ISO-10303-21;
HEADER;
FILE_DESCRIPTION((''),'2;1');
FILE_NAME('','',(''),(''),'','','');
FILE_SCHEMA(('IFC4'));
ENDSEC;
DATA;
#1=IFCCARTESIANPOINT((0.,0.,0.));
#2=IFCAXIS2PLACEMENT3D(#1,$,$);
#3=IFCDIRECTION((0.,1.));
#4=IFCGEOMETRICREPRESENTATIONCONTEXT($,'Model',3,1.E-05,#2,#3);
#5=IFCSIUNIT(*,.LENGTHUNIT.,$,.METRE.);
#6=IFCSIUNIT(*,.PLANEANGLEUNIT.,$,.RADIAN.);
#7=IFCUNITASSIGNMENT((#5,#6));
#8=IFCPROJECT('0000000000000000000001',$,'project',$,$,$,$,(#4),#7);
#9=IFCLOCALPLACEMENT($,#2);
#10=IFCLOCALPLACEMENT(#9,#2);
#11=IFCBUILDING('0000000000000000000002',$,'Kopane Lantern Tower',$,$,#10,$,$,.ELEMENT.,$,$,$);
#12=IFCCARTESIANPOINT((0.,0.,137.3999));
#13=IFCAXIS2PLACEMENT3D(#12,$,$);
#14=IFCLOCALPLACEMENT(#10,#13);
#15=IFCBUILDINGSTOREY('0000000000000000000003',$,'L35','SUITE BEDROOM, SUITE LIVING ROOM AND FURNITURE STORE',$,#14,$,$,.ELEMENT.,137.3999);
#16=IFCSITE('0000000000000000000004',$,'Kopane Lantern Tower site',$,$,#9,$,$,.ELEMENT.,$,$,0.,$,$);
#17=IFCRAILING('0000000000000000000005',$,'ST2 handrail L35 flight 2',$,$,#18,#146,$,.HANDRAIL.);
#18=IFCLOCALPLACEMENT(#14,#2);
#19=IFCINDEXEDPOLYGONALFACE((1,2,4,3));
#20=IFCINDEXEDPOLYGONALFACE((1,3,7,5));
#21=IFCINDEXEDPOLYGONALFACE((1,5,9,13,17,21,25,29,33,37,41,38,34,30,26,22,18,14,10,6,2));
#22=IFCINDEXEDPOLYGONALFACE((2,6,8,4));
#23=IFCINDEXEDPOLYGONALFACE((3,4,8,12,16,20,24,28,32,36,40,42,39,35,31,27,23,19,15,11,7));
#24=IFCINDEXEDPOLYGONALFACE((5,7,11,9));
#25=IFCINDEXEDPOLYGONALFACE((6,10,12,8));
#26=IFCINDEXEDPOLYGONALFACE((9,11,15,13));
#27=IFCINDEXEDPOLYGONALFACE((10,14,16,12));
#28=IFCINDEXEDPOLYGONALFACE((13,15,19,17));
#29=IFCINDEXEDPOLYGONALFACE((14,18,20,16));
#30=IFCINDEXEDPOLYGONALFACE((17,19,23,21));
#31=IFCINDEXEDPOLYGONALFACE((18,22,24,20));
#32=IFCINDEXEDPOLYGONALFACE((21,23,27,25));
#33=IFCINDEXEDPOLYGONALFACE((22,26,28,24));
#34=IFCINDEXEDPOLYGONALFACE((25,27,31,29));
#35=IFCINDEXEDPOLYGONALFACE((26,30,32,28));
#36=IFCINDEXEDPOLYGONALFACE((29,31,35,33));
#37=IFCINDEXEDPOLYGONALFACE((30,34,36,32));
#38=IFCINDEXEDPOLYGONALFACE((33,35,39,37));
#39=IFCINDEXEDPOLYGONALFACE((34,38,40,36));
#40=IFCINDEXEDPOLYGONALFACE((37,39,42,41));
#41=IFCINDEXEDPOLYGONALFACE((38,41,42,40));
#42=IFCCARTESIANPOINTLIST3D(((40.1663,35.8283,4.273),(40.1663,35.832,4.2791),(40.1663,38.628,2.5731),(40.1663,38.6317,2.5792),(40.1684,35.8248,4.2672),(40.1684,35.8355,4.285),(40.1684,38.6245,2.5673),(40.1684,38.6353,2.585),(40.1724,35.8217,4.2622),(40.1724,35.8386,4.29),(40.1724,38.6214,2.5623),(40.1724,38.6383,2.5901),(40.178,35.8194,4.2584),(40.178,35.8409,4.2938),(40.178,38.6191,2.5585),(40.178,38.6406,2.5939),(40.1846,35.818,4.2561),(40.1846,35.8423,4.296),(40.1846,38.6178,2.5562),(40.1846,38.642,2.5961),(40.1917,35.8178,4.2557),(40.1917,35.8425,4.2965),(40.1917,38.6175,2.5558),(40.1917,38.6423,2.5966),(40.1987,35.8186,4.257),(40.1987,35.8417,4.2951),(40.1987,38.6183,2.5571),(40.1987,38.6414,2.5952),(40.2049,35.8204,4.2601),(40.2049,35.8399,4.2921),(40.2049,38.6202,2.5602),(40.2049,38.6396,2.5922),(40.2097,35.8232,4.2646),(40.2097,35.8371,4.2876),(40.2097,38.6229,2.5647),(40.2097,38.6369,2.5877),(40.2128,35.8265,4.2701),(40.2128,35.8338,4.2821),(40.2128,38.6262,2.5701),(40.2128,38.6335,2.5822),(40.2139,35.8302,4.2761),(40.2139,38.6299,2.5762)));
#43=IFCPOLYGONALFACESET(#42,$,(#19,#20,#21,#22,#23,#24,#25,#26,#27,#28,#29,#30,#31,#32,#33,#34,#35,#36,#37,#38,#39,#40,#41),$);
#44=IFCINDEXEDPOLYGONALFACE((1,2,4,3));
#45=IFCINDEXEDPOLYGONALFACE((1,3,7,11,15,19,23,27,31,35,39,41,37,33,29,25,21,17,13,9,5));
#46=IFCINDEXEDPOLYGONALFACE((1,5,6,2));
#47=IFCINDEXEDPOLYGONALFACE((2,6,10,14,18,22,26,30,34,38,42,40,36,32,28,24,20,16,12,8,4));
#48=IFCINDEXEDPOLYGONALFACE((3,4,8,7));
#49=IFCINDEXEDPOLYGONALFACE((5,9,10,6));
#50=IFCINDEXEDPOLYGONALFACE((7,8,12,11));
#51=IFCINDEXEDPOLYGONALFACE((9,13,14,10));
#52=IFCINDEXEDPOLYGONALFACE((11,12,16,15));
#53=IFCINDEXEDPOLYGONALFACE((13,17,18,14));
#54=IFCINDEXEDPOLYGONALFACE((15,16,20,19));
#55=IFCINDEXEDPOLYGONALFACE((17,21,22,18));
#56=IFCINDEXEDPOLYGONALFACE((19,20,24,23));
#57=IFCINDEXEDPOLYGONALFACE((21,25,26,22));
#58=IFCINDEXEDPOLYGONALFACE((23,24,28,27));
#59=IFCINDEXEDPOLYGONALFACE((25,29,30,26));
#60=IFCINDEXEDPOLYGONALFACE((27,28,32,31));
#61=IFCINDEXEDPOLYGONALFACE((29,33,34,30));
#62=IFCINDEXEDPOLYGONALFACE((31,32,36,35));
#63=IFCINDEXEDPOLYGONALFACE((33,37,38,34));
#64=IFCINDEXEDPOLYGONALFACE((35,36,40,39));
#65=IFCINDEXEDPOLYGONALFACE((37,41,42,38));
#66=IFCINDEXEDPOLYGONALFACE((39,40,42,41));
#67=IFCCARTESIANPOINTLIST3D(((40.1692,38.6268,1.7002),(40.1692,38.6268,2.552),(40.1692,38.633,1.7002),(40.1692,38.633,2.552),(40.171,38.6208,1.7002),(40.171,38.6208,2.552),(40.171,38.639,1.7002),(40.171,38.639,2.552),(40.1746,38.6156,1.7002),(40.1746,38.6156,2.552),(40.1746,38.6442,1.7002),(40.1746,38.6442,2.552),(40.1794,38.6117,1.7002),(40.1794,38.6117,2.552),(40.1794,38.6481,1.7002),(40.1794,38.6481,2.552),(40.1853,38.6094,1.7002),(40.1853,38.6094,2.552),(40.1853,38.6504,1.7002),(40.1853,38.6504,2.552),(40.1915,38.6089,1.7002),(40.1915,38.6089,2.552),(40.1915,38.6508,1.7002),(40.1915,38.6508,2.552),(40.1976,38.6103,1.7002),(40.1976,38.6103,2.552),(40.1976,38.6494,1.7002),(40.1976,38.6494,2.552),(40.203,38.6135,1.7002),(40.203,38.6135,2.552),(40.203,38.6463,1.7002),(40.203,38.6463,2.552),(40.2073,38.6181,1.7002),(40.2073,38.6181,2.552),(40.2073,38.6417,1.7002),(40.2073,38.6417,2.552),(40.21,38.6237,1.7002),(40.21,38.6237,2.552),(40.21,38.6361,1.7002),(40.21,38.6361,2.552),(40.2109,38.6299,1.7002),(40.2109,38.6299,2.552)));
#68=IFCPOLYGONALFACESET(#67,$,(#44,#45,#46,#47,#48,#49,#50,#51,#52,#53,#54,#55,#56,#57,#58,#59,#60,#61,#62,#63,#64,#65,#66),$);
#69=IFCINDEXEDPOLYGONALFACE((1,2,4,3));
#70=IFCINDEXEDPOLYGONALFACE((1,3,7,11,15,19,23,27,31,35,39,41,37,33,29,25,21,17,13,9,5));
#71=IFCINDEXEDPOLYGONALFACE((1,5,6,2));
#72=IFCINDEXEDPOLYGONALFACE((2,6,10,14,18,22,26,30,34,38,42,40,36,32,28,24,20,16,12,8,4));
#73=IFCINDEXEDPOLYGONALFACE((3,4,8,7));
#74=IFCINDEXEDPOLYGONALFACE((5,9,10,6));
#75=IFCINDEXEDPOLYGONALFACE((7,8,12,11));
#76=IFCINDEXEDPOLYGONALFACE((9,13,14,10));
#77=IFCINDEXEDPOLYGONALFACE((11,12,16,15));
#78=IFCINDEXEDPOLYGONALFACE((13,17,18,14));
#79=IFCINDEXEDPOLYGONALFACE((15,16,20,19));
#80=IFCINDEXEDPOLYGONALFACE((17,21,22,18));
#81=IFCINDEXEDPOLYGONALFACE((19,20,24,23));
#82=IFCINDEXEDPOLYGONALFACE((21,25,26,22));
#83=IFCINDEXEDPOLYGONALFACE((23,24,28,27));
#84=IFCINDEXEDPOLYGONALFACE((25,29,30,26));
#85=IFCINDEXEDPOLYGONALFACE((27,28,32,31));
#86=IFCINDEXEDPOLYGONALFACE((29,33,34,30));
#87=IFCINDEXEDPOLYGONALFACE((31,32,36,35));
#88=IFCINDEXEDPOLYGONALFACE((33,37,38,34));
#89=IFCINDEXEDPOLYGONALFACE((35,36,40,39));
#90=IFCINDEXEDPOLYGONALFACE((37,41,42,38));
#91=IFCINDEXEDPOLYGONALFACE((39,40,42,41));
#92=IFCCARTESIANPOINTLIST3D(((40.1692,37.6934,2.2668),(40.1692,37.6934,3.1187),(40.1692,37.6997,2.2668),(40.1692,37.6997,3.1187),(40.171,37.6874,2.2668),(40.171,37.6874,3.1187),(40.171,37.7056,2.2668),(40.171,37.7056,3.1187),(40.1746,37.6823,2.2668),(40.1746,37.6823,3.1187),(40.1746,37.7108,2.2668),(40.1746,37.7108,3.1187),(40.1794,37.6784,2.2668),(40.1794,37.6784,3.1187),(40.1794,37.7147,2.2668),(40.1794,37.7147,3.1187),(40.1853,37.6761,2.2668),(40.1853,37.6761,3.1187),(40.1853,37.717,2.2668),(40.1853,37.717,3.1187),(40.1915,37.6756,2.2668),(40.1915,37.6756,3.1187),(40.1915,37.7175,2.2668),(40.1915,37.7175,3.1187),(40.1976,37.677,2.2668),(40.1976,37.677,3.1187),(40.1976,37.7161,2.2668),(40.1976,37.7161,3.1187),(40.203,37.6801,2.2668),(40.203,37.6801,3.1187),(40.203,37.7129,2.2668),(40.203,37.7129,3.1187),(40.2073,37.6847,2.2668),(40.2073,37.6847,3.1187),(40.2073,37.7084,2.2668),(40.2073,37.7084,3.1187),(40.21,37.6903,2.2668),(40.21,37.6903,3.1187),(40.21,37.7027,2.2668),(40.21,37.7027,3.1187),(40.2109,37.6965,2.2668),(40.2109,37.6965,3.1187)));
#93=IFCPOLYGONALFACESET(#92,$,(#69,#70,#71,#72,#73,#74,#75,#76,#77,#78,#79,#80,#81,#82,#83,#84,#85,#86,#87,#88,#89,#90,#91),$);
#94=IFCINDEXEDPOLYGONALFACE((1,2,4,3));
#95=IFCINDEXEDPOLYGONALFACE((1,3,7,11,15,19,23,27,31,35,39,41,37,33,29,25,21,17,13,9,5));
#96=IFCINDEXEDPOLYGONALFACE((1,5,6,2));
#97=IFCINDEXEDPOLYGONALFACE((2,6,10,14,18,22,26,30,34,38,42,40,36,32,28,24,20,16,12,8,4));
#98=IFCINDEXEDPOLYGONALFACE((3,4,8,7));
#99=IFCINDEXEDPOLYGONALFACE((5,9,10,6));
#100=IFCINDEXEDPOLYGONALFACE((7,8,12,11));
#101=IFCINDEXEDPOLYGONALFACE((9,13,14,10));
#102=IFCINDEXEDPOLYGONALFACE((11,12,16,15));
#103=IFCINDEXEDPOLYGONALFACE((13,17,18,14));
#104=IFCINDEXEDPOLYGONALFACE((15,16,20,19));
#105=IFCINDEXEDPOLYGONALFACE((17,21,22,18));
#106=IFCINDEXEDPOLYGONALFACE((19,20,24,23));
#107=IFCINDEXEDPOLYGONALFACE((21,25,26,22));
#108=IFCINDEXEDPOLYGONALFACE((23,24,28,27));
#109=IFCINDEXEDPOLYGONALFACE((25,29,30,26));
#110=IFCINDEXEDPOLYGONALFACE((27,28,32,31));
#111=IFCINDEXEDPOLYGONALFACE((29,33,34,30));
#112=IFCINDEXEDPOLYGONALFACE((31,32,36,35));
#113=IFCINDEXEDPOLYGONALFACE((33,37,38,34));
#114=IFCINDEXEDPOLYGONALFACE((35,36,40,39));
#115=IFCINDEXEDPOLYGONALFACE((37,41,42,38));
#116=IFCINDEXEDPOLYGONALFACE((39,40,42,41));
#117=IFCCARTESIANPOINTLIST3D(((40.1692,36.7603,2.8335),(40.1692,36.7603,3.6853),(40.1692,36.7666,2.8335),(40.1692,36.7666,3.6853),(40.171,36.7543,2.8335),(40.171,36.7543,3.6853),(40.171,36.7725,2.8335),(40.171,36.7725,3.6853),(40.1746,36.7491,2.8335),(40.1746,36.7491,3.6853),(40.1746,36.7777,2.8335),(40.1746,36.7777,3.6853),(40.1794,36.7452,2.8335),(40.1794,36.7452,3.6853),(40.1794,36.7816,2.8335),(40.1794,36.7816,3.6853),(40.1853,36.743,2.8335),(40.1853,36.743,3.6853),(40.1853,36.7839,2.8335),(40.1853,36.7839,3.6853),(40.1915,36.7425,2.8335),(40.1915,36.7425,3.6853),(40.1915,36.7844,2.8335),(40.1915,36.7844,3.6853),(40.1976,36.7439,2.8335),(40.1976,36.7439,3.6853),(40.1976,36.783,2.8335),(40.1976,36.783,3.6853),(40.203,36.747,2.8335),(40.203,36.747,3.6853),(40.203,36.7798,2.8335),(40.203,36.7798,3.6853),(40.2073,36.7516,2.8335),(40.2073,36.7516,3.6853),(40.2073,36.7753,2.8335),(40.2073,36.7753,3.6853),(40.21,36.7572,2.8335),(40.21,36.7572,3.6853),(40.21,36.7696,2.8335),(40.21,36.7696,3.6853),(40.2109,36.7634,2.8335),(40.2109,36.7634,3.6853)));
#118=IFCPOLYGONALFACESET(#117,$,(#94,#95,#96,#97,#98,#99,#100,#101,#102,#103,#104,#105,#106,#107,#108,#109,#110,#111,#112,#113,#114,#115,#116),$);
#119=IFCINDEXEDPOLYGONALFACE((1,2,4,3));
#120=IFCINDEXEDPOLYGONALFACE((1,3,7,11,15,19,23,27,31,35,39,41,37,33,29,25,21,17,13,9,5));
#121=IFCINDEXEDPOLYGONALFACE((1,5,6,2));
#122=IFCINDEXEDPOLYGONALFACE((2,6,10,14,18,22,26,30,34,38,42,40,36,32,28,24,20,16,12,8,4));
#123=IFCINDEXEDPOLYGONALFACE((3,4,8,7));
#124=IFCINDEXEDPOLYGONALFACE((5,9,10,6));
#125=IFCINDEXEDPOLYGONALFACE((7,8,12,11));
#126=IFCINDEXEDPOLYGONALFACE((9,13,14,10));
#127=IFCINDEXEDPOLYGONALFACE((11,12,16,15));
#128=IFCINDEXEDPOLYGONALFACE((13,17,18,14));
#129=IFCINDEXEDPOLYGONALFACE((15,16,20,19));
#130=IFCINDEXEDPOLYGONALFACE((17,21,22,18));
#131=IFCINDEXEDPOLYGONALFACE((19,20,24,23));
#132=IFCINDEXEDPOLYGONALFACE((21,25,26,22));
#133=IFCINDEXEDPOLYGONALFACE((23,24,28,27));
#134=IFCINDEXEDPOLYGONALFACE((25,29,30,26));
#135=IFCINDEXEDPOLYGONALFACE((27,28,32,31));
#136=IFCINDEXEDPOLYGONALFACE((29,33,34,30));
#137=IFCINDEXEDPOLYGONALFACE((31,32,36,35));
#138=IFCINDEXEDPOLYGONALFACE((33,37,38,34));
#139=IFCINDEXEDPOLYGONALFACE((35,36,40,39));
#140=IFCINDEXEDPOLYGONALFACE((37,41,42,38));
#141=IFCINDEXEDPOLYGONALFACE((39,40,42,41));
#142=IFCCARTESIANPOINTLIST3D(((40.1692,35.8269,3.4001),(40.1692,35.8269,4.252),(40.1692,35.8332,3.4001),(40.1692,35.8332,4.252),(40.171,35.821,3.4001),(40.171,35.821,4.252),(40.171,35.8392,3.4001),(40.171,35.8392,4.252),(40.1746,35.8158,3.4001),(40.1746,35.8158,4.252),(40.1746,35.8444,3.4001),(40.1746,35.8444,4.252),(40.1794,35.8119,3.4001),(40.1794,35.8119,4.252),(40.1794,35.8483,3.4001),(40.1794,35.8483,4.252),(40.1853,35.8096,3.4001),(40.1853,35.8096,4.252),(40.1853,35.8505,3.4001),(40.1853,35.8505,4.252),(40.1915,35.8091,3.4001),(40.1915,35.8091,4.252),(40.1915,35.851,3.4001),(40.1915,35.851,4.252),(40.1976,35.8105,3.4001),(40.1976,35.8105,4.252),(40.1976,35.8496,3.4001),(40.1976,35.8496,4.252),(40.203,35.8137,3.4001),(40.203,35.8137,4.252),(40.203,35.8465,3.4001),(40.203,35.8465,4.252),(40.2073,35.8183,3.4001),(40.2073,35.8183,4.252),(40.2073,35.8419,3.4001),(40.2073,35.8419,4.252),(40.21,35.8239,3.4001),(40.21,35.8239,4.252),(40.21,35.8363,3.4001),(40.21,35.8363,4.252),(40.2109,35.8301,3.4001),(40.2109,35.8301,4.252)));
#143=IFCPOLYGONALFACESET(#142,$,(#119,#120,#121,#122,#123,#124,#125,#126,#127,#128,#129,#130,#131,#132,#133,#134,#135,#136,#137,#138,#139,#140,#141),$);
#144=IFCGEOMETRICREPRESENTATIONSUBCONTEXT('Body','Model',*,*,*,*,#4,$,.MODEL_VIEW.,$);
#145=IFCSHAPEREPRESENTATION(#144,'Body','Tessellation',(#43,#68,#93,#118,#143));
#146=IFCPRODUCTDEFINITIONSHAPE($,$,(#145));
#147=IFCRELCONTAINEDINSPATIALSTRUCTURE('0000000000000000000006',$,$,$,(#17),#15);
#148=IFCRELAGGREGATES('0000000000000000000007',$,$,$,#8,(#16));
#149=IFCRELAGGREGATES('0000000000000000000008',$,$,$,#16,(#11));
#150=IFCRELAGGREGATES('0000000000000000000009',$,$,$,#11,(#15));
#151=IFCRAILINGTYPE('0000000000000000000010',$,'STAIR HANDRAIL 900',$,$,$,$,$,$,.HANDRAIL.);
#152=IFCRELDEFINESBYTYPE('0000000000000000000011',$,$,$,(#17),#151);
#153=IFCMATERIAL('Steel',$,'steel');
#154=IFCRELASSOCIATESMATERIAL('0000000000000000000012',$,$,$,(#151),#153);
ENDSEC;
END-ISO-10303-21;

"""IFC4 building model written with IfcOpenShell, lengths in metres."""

from ifc_helpers import new_model, si_unit, direction, frame, origin, origin_2d, place, context, subcontext, project, spatial, circle, extrude, material, type_object, element, save


model = new_model("IFC4")

# Units and contexts
model_context = context("Model", 3, precision=1e-05, world=origin(), true_north=direction((0.0, 1.0)))
body_context = subcontext(model_context, "Body", "Model", "MODEL_VIEW")
ifc_project = project(units=[si_unit("LENGTHUNIT", "METRE"), si_unit("PLANEANGLEUNIT", "RADIAN")], contexts=[model_context])

# Site, building, storey
site_placement = place(None, origin())
site = spatial("IfcSite", under=ifc_project, at=site_placement, Name="Kopane Lantern Tower site", CompositionType="ELEMENT", RefElevation=0.0)
building_placement = place(site_placement, origin())
building = spatial("IfcBuilding", under=site, at=building_placement, Name="Kopane Lantern Tower", CompositionType="ELEMENT")
storey_placement = place(building_placement, frame((0.0, 0.0, 137.3999)))
storey = spatial("IfcBuildingStorey", under=building, at=storey_placement, Name="L35", Description="SUITE BEDROOM, SUITE LIVING ROOM AND FURNITURE STORE", CompositionType="ELEMENT", Elevation=137.3999)

# Railing
ifc_material_1 = material(Name="Steel", Category="steel")
railing_type_1 = type_object("IfcRailingType", Name="STAIR HANDRAIL 900", PredefinedType="HANDRAIL", material=ifc_material_1)
for number, where, name in (
    (1, (40.1899, 38.6299, 1.7002), "ST2 handrail L35 flight 2"),
):
    element("IfcRailing", number, at=place(storey_placement, frame(where)), inside=storey, type_object=railing_type_1, Name=name, PredefinedType="HANDRAIL", context=body_context, shape_type="SweptSolid", body=[
        extrude(circle(Radius=0.0239, at=origin_2d()), frame((0.0, 0.0, 0.876), z_axis=(0.0, -0.854778, 0.518994), x_axis=(1.0, 0.0, 0.0)), (0.0, 0.0, 1.0), 3.2754),
        extrude(circle(Radius=0.021, at=origin_2d()), origin(), (0.0, 0.0, 1.0), 0.8518),
        extrude(circle(Radius=0.021, at=origin_2d()), frame((0.0, -0.9333, 0.5667)), (0.0, 0.0, 1.0), 0.8518),
        extrude(circle(Radius=0.021, at=origin_2d()), frame((0.0, -1.8665, 1.1333)), (0.0, 0.0, 1.0), 0.8518),
        extrude(circle(Radius=0.021, at=origin_2d()), frame((0.0, -2.7998, 1.7)), (0.0, 0.0, 1.0), 0.8518),
    ])

save(model, "model.ifc")
